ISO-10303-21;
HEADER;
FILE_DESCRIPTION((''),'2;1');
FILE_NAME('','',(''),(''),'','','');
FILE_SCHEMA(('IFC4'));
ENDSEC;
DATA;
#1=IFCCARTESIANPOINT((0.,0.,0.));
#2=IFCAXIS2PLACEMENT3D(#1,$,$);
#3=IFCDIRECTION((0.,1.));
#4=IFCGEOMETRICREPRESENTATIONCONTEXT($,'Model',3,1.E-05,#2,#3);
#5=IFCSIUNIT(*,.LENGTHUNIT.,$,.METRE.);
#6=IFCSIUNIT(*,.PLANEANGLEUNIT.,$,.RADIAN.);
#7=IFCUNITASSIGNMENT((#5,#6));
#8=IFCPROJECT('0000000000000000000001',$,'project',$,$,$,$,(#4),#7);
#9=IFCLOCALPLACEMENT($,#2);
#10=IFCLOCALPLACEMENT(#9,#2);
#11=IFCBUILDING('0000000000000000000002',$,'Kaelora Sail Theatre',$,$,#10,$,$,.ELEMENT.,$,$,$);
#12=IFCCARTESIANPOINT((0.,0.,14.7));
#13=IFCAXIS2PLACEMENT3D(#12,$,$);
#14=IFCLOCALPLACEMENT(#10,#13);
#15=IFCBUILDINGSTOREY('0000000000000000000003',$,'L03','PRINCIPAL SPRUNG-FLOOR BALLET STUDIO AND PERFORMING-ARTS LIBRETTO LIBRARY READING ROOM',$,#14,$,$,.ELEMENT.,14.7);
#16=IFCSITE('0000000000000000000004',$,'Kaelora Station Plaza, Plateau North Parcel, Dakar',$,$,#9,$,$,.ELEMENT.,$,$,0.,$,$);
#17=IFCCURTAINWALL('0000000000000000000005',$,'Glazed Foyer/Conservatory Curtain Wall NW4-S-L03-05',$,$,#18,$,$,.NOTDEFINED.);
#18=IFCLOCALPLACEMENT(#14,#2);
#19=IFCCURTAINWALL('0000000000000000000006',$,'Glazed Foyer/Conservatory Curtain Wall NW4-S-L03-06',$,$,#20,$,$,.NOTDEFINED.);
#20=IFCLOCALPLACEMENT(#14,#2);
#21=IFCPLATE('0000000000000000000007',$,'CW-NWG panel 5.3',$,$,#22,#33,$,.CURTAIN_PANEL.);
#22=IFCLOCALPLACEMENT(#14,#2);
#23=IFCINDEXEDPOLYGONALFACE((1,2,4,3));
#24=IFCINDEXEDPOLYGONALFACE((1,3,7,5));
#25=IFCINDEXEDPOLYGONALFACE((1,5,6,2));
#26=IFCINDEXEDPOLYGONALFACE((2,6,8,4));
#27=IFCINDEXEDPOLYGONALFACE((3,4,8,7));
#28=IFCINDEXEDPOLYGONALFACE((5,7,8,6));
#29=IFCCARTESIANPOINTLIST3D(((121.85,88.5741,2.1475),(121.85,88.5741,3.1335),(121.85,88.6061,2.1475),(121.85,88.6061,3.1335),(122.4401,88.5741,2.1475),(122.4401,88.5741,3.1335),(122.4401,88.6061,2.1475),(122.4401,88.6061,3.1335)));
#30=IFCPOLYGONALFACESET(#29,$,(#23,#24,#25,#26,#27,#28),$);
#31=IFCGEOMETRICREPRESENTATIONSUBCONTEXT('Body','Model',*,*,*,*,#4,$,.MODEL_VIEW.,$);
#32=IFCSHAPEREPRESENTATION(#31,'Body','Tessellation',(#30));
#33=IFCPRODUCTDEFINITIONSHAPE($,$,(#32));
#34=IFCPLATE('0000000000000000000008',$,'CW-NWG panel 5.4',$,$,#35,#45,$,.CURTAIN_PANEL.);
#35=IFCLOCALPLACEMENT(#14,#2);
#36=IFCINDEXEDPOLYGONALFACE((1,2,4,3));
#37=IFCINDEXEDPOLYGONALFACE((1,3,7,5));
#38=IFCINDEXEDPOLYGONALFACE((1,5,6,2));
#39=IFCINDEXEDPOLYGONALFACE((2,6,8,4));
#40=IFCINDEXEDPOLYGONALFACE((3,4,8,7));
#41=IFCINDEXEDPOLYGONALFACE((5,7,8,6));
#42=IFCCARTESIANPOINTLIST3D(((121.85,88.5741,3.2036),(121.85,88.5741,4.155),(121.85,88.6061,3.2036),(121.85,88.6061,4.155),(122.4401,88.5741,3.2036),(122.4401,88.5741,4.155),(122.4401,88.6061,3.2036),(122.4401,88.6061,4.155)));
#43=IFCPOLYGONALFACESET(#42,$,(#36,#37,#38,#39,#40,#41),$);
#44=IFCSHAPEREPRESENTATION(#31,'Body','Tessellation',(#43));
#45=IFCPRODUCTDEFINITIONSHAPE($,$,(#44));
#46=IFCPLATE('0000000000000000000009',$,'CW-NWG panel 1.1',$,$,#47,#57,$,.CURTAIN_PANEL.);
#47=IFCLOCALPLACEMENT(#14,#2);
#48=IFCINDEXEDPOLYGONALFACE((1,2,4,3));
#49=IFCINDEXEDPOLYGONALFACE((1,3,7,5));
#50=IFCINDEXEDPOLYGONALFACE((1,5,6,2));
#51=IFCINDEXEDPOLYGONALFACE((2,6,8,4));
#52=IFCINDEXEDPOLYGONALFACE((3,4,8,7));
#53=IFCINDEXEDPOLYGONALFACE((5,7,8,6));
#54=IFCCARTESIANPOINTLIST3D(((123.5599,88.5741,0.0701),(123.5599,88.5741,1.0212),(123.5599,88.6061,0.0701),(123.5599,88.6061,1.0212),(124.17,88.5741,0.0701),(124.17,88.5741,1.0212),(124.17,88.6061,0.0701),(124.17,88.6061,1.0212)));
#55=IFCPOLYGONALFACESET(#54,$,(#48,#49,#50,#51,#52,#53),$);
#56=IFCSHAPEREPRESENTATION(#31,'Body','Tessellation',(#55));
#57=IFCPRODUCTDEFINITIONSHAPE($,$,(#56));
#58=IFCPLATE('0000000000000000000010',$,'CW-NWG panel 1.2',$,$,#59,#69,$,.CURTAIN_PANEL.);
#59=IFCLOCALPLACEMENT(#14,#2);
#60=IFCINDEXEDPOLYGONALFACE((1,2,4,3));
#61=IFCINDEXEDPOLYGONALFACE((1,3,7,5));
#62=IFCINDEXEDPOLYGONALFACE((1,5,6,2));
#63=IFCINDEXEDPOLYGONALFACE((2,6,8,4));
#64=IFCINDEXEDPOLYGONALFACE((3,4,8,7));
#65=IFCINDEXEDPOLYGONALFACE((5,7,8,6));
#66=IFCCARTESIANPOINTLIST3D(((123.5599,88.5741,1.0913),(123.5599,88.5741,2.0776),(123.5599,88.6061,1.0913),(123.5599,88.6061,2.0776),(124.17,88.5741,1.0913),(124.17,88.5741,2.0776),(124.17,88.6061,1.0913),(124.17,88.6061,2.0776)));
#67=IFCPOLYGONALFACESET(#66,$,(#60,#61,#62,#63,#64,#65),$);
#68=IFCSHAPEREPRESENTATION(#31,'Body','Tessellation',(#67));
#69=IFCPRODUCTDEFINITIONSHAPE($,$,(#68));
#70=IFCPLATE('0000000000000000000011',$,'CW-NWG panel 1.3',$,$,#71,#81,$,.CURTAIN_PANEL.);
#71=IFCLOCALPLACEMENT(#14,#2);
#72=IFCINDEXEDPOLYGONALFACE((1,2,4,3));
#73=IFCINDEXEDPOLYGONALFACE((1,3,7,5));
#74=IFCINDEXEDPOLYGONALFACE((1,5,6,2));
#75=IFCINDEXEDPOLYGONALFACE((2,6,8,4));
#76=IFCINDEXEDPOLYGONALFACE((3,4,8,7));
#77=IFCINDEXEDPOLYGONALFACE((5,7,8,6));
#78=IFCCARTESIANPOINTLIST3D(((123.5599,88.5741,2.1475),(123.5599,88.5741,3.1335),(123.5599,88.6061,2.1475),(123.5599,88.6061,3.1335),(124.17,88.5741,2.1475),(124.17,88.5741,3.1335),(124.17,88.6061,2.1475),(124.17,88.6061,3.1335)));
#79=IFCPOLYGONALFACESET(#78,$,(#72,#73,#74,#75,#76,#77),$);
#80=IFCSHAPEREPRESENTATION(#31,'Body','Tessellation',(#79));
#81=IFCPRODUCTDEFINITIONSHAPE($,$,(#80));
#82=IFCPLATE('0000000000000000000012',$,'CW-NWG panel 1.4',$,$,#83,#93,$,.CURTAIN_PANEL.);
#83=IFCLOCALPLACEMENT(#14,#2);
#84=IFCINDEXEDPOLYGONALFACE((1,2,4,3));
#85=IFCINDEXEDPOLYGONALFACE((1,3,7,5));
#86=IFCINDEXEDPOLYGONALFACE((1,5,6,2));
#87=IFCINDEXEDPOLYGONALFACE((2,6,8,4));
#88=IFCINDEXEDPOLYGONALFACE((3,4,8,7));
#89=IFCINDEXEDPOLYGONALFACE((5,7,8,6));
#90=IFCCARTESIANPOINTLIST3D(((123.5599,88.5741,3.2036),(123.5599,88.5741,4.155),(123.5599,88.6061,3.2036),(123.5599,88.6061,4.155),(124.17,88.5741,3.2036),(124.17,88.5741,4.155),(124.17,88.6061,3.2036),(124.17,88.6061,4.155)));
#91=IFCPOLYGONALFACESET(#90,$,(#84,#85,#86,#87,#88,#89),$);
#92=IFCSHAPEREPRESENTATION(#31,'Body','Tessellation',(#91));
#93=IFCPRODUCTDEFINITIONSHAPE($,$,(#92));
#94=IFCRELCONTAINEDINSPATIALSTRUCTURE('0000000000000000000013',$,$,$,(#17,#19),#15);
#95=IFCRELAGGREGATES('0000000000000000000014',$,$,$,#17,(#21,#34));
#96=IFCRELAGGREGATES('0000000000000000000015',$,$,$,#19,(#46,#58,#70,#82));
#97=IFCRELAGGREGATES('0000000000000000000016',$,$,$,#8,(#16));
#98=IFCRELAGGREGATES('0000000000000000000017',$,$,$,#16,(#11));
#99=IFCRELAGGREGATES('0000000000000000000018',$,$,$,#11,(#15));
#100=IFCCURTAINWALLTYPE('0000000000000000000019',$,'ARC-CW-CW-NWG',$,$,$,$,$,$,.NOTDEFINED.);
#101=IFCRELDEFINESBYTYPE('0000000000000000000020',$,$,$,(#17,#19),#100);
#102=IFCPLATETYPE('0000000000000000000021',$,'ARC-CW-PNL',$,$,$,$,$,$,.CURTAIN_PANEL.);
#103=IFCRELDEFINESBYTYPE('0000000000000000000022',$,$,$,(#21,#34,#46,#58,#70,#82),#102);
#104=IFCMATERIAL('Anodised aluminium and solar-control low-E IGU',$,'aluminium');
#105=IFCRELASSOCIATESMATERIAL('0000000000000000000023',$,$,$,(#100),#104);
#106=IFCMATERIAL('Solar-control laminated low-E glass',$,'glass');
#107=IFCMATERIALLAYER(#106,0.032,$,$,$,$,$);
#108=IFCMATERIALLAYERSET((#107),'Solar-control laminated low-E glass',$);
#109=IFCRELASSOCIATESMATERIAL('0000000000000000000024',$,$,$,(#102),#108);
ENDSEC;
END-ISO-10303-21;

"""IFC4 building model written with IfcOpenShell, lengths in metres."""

from ifc_helpers import new_model, si_unit, direction, frame, origin, origin_2d, place, context, subcontext, project, spatial, rectangle, extrude, material, layer, layer_set, type_object, element, aggregate, save


model = new_model("IFC4")

# Units and contexts
model_context = context("Model", 3, precision=1e-05, world=origin(), true_north=direction((0.0, 1.0)))
body_context = subcontext(model_context, "Body", "Model", "MODEL_VIEW")
ifc_project = project(units=[si_unit("LENGTHUNIT", "METRE"), si_unit("PLANEANGLEUNIT", "RADIAN")], contexts=[model_context])

# Site, building, storey
site_placement = place(None, origin())
site = spatial("IfcSite", under=ifc_project, at=site_placement, Name="Kaelora Station Plaza, Plateau North Parcel, Dakar", CompositionType="ELEMENT", RefElevation=0.0)
building_placement = place(site_placement, origin())
building = spatial("IfcBuilding", under=site, at=building_placement, Name="Kaelora Sail Theatre", CompositionType="ELEMENT")
storey_placement = place(building_placement, frame((0.0, 0.0, 14.7)))
storey = spatial("IfcBuildingStorey", under=building, at=storey_placement, Name="L03", Description="PRINCIPAL SPRUNG-FLOOR BALLET STUDIO AND PERFORMING-ARTS LIBRETTO LIBRARY READING ROOM", CompositionType="ELEMENT", Elevation=14.7)

# Curtain walls
ifc_material_1 = material(Name="Anodised aluminium and solar-control low-E IGU", Category="aluminium")
curtain_wall_type = type_object("IfcCurtainWallType", Name="ARC-CW-CW-NWG", PredefinedType="NOTDEFINED", material=ifc_material_1)
curtain_wall_1_placement = place(storey_placement, origin())
curtain_wall_1 = element("IfcCurtainWall", 1, at=curtain_wall_1_placement, inside=storey, type_object=curtain_wall_type, Name="Glazed Foyer/Conservatory Curtain Wall NW4-S-L03-05", PredefinedType="NOTDEFINED")
curtain_wall_2_placement = place(storey_placement, origin())
curtain_wall_2 = element("IfcCurtainWall", 2, at=curtain_wall_2_placement, inside=storey, type_object=curtain_wall_type, Name="Glazed Foyer/Conservatory Curtain Wall NW4-S-L03-06", PredefinedType="NOTDEFINED")

# Plates
ifc_material_2 = material(Name="Solar-control laminated low-E glass", Category="glass")
ifc_layer = layer(ifc_material_2, 0.032)
ifc_layer_set = layer_set([ifc_layer], Name="Solar-control laminated low-E glass")
plate_type = type_object("IfcPlateType", Name="ARC-CW-PNL", PredefinedType="CURTAIN_PANEL", material=ifc_layer_set)
plate_1_placement = place(storey_placement, frame((122.145, 88.5901, 2.1475), z_axis=(0.0, 0.0, 1.0), x_axis=(1.0, 0.0, 0.0)))
plate_1 = element("IfcPlate", 3, at=plate_1_placement, type_object=plate_type, Name="CW-NWG panel 5.3", PredefinedType="CURTAIN_PANEL", context=body_context, shape_type="SweptSolid", body=[
    extrude(rectangle(XDim=0.5901, YDim=0.032, at=origin_2d()), origin(), (0.0, 0.0, 1.0), 0.9861),
])
plate_2_placement = place(storey_placement, frame((122.145, 88.5901, 3.2036), z_axis=(0.0, 0.0, 1.0), x_axis=(1.0, 0.0, 0.0)))
plate_2 = element("IfcPlate", 4, at=plate_2_placement, type_object=plate_type, Name="CW-NWG panel 5.4", PredefinedType="CURTAIN_PANEL", context=body_context, shape_type="SweptSolid", body=[
    extrude(rectangle(XDim=0.5901, YDim=0.032, at=origin_2d()), origin(), (0.0, 0.0, 1.0), 0.9514),
])
aggregate(curtain_wall_1, [plate_1, plate_2])
plate_3_placement = place(storey_placement, frame((123.865, 88.5901, 0.0701), z_axis=(0.0, 0.0, 1.0), x_axis=(1.0, 0.0, 0.0)))
plate_3 = element("IfcPlate", 5, at=plate_3_placement, type_object=plate_type, Name="CW-NWG panel 1.1", PredefinedType="CURTAIN_PANEL", context=body_context, shape_type="SweptSolid", body=[
    extrude(rectangle(XDim=0.6101, YDim=0.032, at=origin_2d()), origin(), (0.0, 0.0, 1.0), 0.9512),
])
plate_4_placement = place(storey_placement, frame((123.865, 88.5901, 1.0913), z_axis=(0.0, 0.0, 1.0), x_axis=(1.0, 0.0, 0.0)))
plate_4 = element("IfcPlate", 6, at=plate_4_placement, type_object=plate_type, Name="CW-NWG panel 1.2", PredefinedType="CURTAIN_PANEL", context=body_context, shape_type="SweptSolid", body=[
    extrude(rectangle(XDim=0.6101, YDim=0.032, at=origin_2d()), origin(), (0.0, 0.0, 1.0), 0.9863),
])
plate_5_placement = place(storey_placement, frame((123.865, 88.5901, 2.1475), z_axis=(0.0, 0.0, 1.0), x_axis=(1.0, 0.0, 0.0)))
plate_5 = element("IfcPlate", 7, at=plate_5_placement, type_object=plate_type, Name="CW-NWG panel 1.3", PredefinedType="CURTAIN_PANEL", context=body_context, shape_type="SweptSolid", body=[
    extrude(rectangle(XDim=0.6101, YDim=0.032, at=origin_2d()), origin(), (0.0, 0.0, 1.0), 0.9861),
])
plate_6_placement = place(storey_placement, frame((123.865, 88.5901, 3.2036), z_axis=(0.0, 0.0, 1.0), x_axis=(1.0, 0.0, 0.0)))
plate_6 = element("IfcPlate", 8, at=plate_6_placement, type_object=plate_type, Name="CW-NWG panel 1.4", PredefinedType="CURTAIN_PANEL", context=body_context, shape_type="SweptSolid", body=[
    extrude(rectangle(XDim=0.6101, YDim=0.032, at=origin_2d()), origin(), (0.0, 0.0, 1.0), 0.9514),
])
aggregate(curtain_wall_2, [plate_3, plate_4, plate_5, plate_6])

save(model, "model.ifc")
